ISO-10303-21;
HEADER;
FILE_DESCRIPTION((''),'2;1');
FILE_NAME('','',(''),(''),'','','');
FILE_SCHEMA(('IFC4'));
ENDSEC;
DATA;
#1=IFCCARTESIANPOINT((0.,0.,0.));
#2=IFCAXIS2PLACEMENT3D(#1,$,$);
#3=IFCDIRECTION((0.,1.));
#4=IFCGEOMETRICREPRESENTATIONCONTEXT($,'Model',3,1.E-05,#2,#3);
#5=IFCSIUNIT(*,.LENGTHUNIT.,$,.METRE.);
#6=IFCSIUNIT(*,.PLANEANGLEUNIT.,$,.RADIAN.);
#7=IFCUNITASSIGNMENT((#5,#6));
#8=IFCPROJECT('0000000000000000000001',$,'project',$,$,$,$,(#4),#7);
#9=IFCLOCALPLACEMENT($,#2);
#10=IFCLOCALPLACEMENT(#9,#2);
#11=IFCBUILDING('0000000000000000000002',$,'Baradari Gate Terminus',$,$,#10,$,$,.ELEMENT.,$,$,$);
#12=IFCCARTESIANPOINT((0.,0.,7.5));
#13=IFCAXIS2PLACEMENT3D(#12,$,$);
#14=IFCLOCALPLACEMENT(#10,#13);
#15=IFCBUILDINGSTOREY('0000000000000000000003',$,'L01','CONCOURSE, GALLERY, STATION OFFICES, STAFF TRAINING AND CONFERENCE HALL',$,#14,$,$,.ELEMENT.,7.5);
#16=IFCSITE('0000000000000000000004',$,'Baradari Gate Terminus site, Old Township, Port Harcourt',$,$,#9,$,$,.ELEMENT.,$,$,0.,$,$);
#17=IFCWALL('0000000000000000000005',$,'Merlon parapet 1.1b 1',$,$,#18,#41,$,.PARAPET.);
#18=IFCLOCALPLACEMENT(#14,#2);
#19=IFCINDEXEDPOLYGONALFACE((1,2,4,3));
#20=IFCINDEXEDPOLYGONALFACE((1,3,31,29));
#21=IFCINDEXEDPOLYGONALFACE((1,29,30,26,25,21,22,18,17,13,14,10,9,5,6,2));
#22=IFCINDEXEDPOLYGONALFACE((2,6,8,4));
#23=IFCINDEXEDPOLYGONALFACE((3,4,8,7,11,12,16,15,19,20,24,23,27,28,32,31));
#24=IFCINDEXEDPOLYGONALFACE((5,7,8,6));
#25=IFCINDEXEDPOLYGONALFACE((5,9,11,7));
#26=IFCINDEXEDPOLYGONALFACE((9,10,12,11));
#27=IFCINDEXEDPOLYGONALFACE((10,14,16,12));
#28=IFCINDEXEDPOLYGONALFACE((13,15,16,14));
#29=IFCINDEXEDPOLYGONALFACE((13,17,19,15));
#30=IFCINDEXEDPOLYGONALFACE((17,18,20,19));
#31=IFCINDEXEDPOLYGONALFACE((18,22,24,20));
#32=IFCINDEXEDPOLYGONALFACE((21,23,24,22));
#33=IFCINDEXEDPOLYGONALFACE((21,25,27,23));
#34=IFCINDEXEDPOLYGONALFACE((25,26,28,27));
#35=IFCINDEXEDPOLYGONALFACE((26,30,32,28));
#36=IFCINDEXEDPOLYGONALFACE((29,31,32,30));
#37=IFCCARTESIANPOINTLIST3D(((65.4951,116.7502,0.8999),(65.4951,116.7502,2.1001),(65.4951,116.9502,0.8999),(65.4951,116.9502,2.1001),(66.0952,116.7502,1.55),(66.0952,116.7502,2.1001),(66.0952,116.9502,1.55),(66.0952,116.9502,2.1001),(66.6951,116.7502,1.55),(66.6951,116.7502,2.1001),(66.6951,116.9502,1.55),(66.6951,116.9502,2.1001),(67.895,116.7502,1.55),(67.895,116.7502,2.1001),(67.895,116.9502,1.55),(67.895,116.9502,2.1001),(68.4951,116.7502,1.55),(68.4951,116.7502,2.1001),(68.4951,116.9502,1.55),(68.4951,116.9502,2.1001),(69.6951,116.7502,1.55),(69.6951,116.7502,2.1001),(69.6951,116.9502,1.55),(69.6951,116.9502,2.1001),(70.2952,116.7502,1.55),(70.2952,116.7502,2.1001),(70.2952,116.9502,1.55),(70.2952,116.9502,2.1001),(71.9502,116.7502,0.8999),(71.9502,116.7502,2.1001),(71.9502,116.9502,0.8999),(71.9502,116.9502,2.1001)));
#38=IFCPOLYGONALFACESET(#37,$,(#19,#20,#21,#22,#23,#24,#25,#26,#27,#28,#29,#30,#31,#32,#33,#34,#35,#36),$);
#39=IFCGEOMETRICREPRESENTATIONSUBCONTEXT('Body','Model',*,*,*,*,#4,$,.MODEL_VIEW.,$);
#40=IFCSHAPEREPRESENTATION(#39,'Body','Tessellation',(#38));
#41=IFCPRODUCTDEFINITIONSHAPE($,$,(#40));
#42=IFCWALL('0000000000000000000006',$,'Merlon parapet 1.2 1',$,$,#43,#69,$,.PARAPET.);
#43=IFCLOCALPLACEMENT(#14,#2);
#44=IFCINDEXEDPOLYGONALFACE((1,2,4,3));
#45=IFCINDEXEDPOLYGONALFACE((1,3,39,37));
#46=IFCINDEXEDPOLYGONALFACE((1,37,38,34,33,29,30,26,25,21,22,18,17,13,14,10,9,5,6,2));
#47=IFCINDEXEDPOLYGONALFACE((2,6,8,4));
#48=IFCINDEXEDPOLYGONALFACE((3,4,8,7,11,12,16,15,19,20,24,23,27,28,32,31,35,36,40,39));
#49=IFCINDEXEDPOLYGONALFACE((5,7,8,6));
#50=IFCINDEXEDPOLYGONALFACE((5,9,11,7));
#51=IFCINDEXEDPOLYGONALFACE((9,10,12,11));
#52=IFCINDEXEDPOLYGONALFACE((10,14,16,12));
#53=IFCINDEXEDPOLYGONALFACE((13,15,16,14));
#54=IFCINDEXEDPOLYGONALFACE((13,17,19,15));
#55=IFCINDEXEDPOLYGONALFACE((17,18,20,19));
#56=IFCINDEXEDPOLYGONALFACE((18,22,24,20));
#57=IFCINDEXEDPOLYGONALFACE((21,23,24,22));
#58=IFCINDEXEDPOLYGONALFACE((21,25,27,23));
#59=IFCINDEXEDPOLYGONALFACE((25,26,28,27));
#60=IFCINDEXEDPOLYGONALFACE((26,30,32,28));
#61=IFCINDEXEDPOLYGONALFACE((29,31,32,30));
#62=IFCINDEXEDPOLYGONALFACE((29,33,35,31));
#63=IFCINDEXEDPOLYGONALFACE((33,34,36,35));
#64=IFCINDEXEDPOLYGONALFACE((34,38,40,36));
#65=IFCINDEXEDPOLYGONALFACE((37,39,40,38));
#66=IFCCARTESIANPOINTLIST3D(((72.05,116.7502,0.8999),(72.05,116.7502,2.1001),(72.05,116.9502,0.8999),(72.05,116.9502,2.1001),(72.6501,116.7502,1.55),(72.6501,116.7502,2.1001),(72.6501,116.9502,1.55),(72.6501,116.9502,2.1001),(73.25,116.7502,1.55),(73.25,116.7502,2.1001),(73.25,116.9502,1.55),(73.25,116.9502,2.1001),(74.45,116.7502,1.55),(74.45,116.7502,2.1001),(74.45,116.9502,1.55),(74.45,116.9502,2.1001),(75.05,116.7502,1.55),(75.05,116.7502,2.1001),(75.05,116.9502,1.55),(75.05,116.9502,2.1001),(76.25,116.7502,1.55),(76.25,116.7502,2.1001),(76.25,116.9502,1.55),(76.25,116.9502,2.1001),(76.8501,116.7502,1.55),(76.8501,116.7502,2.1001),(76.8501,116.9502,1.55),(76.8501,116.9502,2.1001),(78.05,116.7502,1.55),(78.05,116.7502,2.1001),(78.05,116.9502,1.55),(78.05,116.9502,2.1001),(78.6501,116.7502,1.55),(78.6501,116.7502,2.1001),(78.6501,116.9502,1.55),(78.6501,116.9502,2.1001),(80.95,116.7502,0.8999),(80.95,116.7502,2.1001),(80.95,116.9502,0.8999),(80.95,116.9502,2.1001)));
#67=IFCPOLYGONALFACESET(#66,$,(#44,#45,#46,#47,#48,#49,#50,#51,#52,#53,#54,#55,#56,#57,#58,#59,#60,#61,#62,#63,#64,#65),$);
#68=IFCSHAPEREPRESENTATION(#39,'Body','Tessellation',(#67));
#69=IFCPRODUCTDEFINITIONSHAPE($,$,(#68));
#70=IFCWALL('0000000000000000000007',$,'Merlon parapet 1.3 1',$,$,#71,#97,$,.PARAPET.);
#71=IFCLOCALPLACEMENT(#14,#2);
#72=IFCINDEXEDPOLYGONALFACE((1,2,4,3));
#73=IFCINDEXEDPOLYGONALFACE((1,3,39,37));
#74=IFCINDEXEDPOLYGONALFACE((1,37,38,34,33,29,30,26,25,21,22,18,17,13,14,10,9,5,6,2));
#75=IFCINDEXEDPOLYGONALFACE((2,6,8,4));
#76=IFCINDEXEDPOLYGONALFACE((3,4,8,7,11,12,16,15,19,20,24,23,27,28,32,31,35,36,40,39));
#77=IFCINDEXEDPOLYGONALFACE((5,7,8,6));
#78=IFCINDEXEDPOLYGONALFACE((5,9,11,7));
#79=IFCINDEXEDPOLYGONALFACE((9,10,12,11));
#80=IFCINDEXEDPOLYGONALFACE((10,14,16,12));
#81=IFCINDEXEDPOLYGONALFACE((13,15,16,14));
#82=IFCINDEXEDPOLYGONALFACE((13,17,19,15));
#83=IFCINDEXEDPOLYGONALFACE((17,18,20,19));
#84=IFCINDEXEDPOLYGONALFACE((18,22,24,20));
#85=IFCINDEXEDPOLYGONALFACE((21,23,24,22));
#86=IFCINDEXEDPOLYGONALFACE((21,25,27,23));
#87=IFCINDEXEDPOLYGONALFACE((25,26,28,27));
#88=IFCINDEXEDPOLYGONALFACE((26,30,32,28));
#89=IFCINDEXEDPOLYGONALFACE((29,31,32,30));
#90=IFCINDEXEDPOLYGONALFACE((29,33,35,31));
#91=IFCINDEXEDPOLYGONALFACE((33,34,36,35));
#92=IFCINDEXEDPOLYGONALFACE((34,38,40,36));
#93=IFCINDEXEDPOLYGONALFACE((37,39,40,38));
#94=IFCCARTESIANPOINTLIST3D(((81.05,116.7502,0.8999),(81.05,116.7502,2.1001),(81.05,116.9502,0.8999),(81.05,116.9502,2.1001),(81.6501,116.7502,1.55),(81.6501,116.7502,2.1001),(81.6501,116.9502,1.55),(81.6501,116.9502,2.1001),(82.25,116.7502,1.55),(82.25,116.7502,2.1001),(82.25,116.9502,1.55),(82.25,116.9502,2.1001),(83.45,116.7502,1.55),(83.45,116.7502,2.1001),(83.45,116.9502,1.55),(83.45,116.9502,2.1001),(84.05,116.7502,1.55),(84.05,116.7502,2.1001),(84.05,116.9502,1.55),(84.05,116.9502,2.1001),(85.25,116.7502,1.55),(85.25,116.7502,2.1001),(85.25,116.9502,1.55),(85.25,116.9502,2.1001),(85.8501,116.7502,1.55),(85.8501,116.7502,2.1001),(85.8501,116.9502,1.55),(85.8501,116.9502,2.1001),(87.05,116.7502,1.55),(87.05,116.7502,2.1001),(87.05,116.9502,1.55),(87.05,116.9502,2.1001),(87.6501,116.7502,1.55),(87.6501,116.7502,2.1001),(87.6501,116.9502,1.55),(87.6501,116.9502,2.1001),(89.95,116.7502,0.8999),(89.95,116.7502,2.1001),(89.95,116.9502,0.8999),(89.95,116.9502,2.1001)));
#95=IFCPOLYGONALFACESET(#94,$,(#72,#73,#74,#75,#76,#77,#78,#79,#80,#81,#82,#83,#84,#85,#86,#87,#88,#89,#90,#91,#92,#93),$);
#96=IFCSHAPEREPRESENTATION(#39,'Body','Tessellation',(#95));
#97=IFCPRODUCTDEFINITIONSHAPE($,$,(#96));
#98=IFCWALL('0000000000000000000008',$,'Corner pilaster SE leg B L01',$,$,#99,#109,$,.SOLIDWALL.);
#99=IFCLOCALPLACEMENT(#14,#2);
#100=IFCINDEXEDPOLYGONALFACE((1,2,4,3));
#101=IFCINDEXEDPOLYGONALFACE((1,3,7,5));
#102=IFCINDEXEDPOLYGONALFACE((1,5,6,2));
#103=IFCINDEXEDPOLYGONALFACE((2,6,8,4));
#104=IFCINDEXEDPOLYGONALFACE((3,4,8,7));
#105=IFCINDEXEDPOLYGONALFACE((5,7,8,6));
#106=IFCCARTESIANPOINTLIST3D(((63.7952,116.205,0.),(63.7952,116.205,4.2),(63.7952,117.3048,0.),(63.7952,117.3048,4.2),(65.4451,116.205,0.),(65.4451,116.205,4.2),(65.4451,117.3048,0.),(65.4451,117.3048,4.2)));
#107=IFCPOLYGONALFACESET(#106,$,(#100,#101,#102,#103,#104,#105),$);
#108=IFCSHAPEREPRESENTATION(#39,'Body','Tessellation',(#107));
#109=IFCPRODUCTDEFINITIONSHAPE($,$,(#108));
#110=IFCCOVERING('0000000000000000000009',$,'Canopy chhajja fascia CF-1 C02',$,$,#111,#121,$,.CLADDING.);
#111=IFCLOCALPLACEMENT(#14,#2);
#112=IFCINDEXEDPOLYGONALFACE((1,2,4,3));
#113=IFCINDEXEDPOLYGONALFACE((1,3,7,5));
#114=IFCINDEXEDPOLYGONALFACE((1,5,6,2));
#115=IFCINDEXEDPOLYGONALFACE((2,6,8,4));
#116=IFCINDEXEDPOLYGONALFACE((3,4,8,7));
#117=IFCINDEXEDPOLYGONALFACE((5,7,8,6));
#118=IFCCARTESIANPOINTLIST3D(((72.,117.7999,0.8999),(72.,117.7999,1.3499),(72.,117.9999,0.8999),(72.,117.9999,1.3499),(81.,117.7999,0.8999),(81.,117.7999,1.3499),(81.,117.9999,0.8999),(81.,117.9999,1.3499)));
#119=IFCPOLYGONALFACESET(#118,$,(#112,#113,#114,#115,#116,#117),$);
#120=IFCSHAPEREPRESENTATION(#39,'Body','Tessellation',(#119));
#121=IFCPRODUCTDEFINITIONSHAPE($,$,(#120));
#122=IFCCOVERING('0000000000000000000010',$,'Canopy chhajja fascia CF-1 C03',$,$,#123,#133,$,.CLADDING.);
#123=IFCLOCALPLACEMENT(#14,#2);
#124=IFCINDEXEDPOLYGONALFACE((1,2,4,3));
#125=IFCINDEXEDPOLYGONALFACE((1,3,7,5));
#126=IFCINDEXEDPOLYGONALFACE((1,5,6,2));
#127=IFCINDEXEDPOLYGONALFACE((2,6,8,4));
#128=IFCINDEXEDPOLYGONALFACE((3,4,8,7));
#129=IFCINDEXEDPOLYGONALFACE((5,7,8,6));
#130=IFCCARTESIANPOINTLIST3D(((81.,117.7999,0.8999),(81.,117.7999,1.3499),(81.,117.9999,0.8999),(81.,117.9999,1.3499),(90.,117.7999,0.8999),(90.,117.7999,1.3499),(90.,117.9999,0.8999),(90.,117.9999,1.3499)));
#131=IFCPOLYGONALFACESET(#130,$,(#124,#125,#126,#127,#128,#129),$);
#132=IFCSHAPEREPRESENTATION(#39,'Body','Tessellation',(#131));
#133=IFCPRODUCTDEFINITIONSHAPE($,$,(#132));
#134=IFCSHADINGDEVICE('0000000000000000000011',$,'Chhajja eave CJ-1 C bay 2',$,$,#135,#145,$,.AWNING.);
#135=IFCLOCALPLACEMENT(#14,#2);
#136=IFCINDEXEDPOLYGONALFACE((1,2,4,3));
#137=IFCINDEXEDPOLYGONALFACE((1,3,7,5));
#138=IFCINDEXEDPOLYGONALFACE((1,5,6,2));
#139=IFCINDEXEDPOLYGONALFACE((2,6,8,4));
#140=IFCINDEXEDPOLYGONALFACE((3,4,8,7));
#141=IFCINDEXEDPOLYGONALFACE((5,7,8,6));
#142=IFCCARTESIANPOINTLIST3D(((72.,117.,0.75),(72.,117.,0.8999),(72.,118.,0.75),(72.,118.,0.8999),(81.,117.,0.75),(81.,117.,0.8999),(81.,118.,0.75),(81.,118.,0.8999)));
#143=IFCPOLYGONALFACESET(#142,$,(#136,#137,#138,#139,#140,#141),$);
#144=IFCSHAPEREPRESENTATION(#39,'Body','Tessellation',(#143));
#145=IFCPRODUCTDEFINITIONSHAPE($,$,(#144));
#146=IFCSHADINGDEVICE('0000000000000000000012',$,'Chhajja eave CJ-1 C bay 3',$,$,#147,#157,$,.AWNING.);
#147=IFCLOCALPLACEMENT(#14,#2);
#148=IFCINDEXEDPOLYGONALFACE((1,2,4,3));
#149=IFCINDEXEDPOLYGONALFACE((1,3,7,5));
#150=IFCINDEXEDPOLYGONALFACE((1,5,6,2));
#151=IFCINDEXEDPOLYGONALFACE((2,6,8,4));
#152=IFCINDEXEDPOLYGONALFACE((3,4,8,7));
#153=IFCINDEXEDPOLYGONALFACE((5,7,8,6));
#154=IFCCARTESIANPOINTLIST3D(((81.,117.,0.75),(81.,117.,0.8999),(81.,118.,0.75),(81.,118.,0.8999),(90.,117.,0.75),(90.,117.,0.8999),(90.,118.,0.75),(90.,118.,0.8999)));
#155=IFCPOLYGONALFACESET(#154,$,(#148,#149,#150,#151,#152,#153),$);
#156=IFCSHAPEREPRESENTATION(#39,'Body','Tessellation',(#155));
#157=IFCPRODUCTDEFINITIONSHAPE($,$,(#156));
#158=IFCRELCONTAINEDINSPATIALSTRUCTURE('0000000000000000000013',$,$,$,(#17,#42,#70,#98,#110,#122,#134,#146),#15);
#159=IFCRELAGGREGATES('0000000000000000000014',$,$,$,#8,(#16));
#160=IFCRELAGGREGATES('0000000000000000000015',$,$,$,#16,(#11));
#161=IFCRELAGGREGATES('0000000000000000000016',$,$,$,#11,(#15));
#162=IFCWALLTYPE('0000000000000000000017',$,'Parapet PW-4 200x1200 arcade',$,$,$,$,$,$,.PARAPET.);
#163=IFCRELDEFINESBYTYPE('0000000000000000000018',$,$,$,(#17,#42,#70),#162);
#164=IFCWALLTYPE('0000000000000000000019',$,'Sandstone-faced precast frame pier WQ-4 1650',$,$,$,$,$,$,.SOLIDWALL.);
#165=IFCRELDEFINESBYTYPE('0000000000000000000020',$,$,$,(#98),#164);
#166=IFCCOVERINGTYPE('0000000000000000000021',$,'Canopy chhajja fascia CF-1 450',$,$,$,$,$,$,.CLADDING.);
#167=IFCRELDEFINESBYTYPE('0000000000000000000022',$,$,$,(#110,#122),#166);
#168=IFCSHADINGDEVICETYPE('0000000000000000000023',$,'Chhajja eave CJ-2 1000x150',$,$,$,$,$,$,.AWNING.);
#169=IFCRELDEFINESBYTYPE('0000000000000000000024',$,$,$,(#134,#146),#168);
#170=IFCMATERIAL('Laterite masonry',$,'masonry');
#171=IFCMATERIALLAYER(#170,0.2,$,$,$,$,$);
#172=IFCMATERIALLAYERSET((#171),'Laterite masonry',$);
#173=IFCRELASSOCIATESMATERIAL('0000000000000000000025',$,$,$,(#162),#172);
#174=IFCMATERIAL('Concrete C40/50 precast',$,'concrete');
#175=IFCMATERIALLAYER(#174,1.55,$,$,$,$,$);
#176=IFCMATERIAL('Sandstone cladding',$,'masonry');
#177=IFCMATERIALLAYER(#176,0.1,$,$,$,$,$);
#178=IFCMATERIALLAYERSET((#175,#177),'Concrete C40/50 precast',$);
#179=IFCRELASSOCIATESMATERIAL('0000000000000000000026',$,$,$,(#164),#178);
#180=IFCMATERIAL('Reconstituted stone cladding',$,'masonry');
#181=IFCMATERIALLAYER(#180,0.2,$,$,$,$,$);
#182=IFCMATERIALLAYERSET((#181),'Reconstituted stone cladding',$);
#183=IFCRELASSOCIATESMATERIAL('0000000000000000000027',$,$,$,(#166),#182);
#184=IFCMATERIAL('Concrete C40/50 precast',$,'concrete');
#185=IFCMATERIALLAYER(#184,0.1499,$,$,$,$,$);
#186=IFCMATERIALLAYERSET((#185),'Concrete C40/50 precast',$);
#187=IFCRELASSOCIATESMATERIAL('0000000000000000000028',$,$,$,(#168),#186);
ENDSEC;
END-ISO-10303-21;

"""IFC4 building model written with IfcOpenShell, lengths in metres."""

from ifc_helpers import new_model, si_unit, direction, frame, frame_2d, origin, origin_2d, place, context, subcontext, project, spatial, polyline, rectangle, outline, extrude, material, layer, layer_set, type_object, element, save


model = new_model("IFC4")

# Units and contexts
model_context = context("Model", 3, precision=1e-05, world=origin(), true_north=direction((0.0, 1.0)))
body_context = subcontext(model_context, "Body", "Model", "MODEL_VIEW")
ifc_project = project(units=[si_unit("LENGTHUNIT", "METRE"), si_unit("PLANEANGLEUNIT", "RADIAN")], contexts=[model_context])

# Site, building, storey
site_placement = place(None, origin())
site = spatial("IfcSite", under=ifc_project, at=site_placement, Name="Baradari Gate Terminus site, Old Township, Port Harcourt", CompositionType="ELEMENT", RefElevation=0.0)
building_placement = place(site_placement, origin())
building = spatial("IfcBuilding", under=site, at=building_placement, Name="Baradari Gate Terminus", CompositionType="ELEMENT")
storey_placement = place(building_placement, frame((0.0, 0.0, 7.5)))
storey = spatial("IfcBuildingStorey", under=building, at=storey_placement, Name="L01", Description="CONCOURSE, GALLERY, STATION OFFICES, STAFF TRAINING AND CONFERENCE HALL", CompositionType="ELEMENT", Elevation=7.5)

# Walls
ifc_material_1 = material(Name="Laterite masonry", Category="masonry")
ifc_layer_1 = layer(ifc_material_1, 0.2)
ifc_layer_set_1 = layer_set([ifc_layer_1], Name="Laterite masonry")
wall_type_1 = type_object("IfcWallType", Name="Parapet PW-4 200x1200 arcade", PredefinedType="PARAPET", material=ifc_layer_set_1)
wall_1_placement = place(storey_placement, frame((65.4951, 116.8501, 0.8999), z_axis=(0.0, 0.0, 1.0), x_axis=(1.0, 0.0, 0.0)))
element("IfcWall", 1, at=wall_1_placement, inside=storey, type_object=wall_type_1, Name="Merlon parapet 1.1b 1", PredefinedType="PARAPET", context=body_context, shape_type="SweptSolid", body=[
    extrude(outline(polyline([(4.8, 1.2002), (4.8, 0.6501), (4.2, 0.6501), (4.2, 1.2002), (3.0, 1.2002), (3.0, 0.6501), (2.3999, 0.6501), (2.3999, 1.2002), (1.2, 1.2002), (1.2, 0.6501), (0.6001, 0.6501), (0.6001, 1.2002), (0.0, 1.2002), (0.0, 0.0), (6.4551, 0.0), (6.4551, 1.2002), (4.8, 1.2002)])), frame((0.0, 0.1001, 0.0), z_axis=(0.0, -1.0, 0.0), x_axis=(1.0, 0.0, 0.0)), (0.0, 0.0, 1.0), 0.2),
])
for number, where, z_axis, x_axis, name in (
    (2, (72.05, 116.8501, 0.8999), (0.0, 0.0, 1.0), (1.0, 0.0, 0.0), "Merlon parapet 1.2 1"),
    (3, (81.05, 116.8501, 0.8999), (0.0, 0.0, 1.0), (1.0, 0.0, 0.0), "Merlon parapet 1.3 1"),
):
    element("IfcWall", number, at=place(storey_placement, frame(where, z_axis=z_axis, x_axis=x_axis)), inside=storey, type_object=wall_type_1, Name=name, PredefinedType="PARAPET", context=body_context, shape_type="SweptSolid", body=[
        extrude(outline(polyline([(6.6001, 1.2002), (6.6001, 0.6501), (6.0, 0.6501), (6.0, 1.2002), (4.8, 1.2002), (4.8, 0.6501), (4.2, 0.6501), (4.2, 1.2002), (3.0, 1.2002), (3.0, 0.6501), (2.3999, 0.6501), (2.3999, 1.2002), (1.2, 1.2002), (1.2, 0.6501), (0.6001, 0.6501), (0.6001, 1.2002), (0.0, 1.2002), (0.0, 0.0), (8.8999, 0.0), (8.8999, 1.2002), (6.6001, 1.2002)])), frame((0.0, 0.1001, 0.0), z_axis=(0.0, -1.0, 0.0), x_axis=(1.0, 0.0, 0.0)), (0.0, 0.0, 1.0), 0.2),
    ])
ifc_material_2 = material(Name="Concrete C40/50 precast", Category="concrete")
ifc_layer_2 = layer(ifc_material_2, 1.55)
ifc_material_3 = material(Name="Sandstone cladding", Category="masonry")
ifc_layer_3 = layer(ifc_material_3, 0.1)
ifc_layer_set_2 = layer_set([ifc_layer_2, ifc_layer_3], Name="Concrete C40/50 precast")
wall_type_2 = type_object("IfcWallType", Name="Sandstone-faced precast frame pier WQ-4 1650", PredefinedType="SOLIDWALL", material=ifc_layer_set_2)
wall_2_placement = place(storey_placement, frame((64.6201, 116.2051, 0.0), z_axis=(0.0, 0.0, 1.0), x_axis=(0.0, 1.0, 0.0)))
element("IfcWall", 4, at=wall_2_placement, inside=storey, type_object=wall_type_2, Name="Corner pilaster SE leg B L01", PredefinedType="SOLIDWALL", context=body_context, shape_type="SweptSolid", body=[
    extrude(rectangle(XDim=1.0999, YDim=1.6499, at=frame_2d((0.5498, 0.0))), origin(), (0.0, 0.0, 1.0), 4.2),
])

# Coverings
ifc_material_4 = material(Name="Reconstituted stone cladding", Category="masonry")
ifc_layer_4 = layer(ifc_material_4, 0.2)
ifc_layer_set_3 = layer_set([ifc_layer_4], Name="Reconstituted stone cladding")
covering_type_1 = type_object("IfcCoveringType", Name="Canopy chhajja fascia CF-1 450", PredefinedType="CLADDING", material=ifc_layer_set_3)
for number, where, z_axis, x_axis, name in (
    (5, (76.5, 117.8999, 0.8999), (0.0, 0.0, 1.0), (1.0, 0.0, 0.0), "Canopy chhajja fascia CF-1 C02"),
    (6, (85.5, 117.8999, 0.8999), (0.0, 0.0, 1.0), (1.0, 0.0, 0.0), "Canopy chhajja fascia CF-1 C03"),
):
    element("IfcCovering", number, at=place(storey_placement, frame(where, z_axis=z_axis, x_axis=x_axis)), inside=storey, type_object=covering_type_1, Name=name, PredefinedType="CLADDING", context=body_context, shape_type="SweptSolid", body=[
        extrude(rectangle(XDim=9.0, YDim=0.2, at=origin_2d()), origin(), (0.0, 0.0, 1.0), 0.45),
    ])

# Shading devices
ifc_material_5 = material(Name="Concrete C40/50 precast", Category="concrete")
ifc_layer_5 = layer(ifc_material_5, 0.1499)
ifc_layer_set_4 = layer_set([ifc_layer_5], Name="Concrete C40/50 precast")
shading_device_type_1 = type_object("IfcShadingDeviceType", Name="Chhajja eave CJ-2 1000x150", PredefinedType="AWNING", material=ifc_layer_set_4)
for number, where, z_axis, x_axis, name in (
    (7, (76.5, 117.5, 0.75), (0.0, 0.0, 1.0), (1.0, 0.0, 0.0), "Chhajja eave CJ-1 C bay 2"),
    (8, (85.5, 117.5, 0.75), (0.0, 0.0, 1.0), (1.0, 0.0, 0.0), "Chhajja eave CJ-1 C bay 3"),
):
    element("IfcShadingDevice", number, at=place(storey_placement, frame(where, z_axis=z_axis, x_axis=x_axis)), inside=storey, type_object=shading_device_type_1, Name=name, PredefinedType="AWNING", context=body_context, shape_type="SweptSolid", body=[
        extrude(rectangle(XDim=9.0, YDim=1.0, at=origin_2d()), origin(), (0.0, 0.0, 1.0), 0.1499),
    ])

save(model, "model.ifc")
